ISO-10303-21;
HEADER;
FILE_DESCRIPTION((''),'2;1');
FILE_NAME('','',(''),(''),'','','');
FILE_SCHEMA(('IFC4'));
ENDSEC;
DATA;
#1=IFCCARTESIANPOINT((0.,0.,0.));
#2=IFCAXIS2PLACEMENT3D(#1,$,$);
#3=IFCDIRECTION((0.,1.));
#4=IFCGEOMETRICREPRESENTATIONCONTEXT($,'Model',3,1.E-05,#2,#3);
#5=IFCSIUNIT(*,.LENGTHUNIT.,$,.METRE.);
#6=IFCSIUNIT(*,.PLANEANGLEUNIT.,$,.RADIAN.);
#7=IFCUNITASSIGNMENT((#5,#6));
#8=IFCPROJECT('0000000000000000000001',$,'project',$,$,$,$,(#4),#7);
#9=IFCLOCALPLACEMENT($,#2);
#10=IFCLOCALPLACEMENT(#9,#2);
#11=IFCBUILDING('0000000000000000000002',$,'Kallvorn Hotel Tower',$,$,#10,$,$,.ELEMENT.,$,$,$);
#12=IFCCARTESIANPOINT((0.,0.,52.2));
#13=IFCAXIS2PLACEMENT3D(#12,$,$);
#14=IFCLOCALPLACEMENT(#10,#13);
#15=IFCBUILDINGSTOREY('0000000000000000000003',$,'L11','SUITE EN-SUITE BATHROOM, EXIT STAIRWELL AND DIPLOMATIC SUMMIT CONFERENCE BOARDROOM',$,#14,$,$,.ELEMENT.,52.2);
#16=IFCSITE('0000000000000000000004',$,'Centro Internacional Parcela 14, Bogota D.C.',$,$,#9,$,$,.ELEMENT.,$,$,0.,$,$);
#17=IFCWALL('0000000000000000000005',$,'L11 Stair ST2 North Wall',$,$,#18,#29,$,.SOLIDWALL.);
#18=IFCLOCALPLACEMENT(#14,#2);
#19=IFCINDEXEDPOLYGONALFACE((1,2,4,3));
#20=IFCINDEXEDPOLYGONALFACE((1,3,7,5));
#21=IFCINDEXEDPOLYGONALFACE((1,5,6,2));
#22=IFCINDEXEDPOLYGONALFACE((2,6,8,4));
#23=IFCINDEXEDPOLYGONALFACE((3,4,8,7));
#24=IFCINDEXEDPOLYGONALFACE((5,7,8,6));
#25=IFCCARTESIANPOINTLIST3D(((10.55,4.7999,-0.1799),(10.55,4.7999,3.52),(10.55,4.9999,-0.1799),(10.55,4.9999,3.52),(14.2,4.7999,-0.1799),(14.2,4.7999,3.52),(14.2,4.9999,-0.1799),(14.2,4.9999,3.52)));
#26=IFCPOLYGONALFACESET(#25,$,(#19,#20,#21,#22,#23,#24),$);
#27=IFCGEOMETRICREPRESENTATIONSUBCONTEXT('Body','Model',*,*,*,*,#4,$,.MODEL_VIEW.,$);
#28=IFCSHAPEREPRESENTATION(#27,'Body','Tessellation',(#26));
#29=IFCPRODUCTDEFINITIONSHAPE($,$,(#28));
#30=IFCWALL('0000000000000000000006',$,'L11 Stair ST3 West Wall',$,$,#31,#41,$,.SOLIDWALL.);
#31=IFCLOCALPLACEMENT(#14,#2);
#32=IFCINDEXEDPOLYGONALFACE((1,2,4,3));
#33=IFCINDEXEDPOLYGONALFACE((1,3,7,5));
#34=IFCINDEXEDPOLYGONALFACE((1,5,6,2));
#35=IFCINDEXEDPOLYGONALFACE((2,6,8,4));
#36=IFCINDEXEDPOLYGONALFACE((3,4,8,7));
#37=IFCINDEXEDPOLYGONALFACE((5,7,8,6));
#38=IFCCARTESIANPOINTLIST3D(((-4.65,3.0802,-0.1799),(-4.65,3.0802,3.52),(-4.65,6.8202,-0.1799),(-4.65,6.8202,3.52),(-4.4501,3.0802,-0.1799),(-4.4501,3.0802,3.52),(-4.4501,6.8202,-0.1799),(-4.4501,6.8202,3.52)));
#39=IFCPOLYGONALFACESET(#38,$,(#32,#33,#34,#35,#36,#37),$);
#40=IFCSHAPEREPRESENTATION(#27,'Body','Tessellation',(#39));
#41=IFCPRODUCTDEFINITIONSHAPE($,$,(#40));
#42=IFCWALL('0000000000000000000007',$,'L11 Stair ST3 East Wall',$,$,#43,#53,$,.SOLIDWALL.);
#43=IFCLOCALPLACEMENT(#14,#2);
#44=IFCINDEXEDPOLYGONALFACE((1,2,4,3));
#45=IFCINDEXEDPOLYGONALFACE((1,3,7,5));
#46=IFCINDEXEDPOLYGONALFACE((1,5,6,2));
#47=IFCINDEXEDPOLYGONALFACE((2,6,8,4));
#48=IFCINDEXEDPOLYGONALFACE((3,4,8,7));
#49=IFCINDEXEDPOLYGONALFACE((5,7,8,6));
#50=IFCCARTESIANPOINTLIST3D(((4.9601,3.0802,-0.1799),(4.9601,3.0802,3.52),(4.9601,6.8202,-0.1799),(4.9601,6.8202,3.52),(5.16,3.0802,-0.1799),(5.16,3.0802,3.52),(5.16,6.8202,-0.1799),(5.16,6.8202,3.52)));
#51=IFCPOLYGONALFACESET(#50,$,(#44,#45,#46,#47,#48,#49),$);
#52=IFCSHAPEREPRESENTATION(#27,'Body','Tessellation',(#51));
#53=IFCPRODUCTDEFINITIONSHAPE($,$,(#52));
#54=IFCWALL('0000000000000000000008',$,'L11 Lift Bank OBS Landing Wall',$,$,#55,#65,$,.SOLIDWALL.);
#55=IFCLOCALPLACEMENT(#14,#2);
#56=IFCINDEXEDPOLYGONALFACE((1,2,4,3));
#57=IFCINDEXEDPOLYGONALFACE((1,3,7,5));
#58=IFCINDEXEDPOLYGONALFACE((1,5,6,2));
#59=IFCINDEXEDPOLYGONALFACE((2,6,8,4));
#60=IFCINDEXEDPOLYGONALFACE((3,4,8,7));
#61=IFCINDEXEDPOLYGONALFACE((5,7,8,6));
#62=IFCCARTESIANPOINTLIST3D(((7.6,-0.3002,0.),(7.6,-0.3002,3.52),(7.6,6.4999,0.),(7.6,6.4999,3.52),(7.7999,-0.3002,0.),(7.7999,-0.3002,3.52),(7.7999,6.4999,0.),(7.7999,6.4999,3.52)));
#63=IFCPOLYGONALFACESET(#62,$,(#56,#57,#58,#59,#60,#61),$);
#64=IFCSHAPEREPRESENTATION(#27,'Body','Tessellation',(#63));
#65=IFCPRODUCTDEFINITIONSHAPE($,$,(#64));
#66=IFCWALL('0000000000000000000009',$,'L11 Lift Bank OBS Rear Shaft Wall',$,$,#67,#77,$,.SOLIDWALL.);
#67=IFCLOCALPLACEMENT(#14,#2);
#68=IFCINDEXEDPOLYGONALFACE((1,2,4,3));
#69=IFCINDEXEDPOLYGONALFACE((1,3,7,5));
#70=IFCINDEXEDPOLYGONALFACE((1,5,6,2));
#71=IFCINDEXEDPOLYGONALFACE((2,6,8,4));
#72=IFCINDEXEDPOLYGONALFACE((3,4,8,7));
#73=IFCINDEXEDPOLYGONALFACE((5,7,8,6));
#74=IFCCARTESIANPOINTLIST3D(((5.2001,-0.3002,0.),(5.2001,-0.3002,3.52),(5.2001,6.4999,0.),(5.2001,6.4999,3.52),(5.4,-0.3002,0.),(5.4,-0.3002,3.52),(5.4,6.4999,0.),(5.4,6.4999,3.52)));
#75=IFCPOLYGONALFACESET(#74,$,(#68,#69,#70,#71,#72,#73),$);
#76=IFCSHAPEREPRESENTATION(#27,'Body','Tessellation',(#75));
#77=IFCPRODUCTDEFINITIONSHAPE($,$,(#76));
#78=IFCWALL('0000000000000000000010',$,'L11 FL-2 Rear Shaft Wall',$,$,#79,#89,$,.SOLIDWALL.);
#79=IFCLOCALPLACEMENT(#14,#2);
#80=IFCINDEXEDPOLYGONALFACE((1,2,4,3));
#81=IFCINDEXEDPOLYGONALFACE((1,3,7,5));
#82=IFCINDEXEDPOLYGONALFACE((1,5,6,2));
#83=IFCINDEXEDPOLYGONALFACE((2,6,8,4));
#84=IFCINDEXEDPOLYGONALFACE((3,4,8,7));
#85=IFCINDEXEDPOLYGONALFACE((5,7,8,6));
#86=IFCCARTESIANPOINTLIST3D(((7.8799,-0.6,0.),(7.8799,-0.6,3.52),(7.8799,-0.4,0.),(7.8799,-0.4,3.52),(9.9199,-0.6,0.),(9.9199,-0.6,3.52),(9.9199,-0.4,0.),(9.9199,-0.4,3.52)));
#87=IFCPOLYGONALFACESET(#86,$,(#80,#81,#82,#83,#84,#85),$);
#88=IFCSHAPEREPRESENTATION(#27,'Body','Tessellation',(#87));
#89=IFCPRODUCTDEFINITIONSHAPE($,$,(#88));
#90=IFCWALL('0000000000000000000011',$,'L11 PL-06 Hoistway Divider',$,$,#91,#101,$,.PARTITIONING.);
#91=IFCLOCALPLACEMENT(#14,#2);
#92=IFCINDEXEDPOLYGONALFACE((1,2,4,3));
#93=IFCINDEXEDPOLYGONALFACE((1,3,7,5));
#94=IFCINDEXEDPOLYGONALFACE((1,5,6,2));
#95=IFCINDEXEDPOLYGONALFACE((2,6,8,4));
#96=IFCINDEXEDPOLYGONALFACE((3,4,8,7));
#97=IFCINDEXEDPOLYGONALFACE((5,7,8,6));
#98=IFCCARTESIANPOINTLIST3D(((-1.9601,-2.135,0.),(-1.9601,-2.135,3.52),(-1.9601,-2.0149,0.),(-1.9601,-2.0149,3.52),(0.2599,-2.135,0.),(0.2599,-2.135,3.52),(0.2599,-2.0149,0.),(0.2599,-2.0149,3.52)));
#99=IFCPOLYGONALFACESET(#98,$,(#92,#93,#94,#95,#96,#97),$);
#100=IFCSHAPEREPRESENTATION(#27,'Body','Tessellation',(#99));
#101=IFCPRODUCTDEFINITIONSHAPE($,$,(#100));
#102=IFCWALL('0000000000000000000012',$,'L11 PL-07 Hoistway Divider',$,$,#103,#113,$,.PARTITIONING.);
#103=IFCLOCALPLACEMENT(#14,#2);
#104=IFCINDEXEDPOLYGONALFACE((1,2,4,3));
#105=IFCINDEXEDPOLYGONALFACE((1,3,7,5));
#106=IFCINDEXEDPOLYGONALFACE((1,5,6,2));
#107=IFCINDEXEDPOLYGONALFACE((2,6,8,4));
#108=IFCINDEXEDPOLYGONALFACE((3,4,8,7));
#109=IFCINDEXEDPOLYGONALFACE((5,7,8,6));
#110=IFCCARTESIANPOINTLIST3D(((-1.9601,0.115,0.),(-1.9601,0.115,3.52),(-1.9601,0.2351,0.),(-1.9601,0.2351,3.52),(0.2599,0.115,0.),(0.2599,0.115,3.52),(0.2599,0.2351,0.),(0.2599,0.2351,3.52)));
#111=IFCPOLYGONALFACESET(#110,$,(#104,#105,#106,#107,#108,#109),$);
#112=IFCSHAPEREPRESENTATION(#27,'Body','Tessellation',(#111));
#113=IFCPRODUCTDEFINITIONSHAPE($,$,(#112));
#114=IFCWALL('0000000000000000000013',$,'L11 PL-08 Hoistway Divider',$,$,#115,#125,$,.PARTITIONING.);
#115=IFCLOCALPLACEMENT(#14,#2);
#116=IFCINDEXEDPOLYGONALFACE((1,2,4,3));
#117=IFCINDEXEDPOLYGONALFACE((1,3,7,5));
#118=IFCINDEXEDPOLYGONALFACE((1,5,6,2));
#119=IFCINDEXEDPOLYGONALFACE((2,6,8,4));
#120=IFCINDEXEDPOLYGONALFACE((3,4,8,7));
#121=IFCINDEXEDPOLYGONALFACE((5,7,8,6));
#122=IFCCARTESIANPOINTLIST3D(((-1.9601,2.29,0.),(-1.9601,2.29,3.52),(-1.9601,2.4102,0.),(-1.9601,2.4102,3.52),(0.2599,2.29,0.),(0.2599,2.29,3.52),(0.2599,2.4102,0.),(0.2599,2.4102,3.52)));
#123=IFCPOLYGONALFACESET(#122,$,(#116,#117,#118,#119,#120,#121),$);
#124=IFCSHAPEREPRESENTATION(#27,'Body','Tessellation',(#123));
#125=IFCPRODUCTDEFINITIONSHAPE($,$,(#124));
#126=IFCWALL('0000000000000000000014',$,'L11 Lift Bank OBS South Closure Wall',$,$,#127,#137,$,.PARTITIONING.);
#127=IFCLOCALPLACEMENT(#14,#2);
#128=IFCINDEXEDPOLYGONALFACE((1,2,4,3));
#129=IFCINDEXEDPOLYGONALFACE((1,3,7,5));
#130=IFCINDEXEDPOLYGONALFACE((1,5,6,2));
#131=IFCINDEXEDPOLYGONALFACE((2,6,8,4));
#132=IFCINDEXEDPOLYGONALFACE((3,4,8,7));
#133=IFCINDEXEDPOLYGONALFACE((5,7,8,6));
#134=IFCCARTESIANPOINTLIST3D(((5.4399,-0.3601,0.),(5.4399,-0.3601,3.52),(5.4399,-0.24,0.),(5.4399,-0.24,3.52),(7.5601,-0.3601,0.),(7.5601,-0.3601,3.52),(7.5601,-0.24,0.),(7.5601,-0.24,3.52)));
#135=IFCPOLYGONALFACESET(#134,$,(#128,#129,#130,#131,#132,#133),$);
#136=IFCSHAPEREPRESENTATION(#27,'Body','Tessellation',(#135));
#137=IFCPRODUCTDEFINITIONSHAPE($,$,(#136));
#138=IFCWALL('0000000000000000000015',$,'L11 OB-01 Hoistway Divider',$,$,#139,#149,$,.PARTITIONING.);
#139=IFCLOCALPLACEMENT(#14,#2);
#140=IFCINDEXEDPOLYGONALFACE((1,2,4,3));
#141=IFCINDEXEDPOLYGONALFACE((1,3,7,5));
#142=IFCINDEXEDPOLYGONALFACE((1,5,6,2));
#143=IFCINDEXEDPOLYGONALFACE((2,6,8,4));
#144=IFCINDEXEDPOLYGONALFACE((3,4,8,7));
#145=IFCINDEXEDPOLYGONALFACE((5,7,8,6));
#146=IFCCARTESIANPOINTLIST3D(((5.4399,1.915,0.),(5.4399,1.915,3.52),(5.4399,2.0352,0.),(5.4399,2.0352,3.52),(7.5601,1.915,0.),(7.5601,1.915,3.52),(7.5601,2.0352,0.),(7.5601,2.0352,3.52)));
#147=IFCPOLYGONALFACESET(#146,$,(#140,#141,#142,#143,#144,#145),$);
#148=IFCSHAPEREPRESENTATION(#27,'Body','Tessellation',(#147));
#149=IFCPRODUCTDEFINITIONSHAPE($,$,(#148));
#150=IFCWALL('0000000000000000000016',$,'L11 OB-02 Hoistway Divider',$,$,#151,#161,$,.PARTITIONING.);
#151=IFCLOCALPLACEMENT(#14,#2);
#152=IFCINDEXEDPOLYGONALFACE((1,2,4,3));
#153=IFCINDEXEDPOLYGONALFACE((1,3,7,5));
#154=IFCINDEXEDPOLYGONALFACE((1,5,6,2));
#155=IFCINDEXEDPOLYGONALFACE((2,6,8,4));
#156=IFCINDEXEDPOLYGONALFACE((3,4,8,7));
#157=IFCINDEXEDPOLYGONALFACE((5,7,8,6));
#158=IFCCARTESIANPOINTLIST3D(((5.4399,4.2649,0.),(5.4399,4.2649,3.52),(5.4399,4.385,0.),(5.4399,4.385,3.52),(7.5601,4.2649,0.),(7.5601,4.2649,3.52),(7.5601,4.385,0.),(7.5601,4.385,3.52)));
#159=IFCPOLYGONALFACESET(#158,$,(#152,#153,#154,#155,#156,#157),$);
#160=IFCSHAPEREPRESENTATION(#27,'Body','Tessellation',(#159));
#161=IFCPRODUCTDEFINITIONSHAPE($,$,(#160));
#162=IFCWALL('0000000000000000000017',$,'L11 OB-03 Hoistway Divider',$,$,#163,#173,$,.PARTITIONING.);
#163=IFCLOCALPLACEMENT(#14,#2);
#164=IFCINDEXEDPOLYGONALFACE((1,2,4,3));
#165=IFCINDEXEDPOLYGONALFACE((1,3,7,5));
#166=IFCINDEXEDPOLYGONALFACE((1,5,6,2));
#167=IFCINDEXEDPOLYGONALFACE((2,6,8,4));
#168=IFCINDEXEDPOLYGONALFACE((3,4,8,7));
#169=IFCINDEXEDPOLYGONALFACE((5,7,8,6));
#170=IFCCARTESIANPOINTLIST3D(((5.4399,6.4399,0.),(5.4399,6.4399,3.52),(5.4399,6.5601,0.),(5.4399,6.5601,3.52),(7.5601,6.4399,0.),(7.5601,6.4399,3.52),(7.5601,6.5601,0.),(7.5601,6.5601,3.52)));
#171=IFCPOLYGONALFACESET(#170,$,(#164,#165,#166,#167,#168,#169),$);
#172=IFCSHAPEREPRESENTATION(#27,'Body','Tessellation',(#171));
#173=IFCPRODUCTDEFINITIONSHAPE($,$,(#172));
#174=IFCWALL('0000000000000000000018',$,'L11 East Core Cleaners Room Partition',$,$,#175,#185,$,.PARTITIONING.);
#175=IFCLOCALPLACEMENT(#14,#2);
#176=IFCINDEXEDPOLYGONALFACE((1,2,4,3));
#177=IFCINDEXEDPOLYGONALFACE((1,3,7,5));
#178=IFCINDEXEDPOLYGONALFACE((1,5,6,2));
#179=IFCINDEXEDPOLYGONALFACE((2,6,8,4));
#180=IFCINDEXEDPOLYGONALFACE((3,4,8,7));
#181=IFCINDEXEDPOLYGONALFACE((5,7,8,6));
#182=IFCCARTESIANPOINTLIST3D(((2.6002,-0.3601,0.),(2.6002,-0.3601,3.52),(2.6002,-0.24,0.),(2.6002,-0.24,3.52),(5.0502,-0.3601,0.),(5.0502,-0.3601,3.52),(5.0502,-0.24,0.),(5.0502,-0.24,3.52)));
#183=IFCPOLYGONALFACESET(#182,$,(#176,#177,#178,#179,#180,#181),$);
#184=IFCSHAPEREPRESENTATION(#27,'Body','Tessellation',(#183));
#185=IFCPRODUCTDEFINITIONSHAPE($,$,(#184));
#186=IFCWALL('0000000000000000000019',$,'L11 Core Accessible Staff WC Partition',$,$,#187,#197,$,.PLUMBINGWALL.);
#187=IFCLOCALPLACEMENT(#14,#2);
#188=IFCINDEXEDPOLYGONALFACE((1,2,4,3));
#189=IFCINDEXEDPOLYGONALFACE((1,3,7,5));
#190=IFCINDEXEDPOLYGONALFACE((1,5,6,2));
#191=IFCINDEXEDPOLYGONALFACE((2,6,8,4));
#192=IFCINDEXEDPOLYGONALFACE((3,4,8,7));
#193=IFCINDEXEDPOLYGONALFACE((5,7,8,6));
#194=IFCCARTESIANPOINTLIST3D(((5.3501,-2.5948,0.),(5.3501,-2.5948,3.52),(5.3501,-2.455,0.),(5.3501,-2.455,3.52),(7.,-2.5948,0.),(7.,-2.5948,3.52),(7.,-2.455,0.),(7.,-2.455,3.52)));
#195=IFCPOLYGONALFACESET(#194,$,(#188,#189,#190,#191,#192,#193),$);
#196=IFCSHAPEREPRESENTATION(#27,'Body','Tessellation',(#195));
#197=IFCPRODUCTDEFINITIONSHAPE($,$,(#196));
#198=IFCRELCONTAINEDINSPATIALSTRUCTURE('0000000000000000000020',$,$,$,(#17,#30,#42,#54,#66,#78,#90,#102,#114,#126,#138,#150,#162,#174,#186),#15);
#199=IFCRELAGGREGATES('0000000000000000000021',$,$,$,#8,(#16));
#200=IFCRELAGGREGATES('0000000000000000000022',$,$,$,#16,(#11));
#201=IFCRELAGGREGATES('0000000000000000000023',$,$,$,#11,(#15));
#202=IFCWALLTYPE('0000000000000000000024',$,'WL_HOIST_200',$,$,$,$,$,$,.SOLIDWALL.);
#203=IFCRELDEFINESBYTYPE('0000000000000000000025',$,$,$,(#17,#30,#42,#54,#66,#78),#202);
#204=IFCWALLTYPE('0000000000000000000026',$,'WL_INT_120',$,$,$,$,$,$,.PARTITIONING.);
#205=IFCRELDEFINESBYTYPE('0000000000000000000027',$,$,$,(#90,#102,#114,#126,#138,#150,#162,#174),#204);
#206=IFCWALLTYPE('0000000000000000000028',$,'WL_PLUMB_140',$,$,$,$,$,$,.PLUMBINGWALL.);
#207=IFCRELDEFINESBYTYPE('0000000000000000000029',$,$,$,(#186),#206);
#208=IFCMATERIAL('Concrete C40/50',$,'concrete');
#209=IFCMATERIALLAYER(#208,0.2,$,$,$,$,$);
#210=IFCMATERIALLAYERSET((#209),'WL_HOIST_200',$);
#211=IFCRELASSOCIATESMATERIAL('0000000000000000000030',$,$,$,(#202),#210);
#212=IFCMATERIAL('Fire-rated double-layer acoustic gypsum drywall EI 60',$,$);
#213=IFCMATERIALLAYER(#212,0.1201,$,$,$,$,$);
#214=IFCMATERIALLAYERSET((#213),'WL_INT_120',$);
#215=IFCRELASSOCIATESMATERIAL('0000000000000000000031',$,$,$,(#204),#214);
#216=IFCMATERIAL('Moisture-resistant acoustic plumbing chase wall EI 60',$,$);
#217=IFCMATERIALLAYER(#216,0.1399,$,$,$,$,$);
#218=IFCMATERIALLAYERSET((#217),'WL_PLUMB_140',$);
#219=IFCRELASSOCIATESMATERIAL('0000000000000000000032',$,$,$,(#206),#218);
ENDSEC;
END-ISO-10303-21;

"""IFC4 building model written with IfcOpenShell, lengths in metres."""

from ifc_helpers import new_model, si_unit, direction, frame, frame_2d, origin, place, context, subcontext, project, spatial, rectangle, extrude, material, layer, layer_set, type_object, element, save


model = new_model("IFC4")

# Units and contexts
model_context = context("Model", 3, precision=1e-05, world=origin(), true_north=direction((0.0, 1.0)))
body_context = subcontext(model_context, "Body", "Model", "MODEL_VIEW")
ifc_project = project(units=[si_unit("LENGTHUNIT", "METRE"), si_unit("PLANEANGLEUNIT", "RADIAN")], contexts=[model_context])

# Site, building, storey
site_placement = place(None, origin())
site = spatial("IfcSite", under=ifc_project, at=site_placement, Name="Centro Internacional Parcela 14, Bogota D.C.", CompositionType="ELEMENT", RefElevation=0.0)
building_placement = place(site_placement, origin())
building = spatial("IfcBuilding", under=site, at=building_placement, Name="Kallvorn Hotel Tower", CompositionType="ELEMENT")
storey_placement = place(building_placement, frame((0.0, 0.0, 52.2)))
storey = spatial("IfcBuildingStorey", under=building, at=storey_placement, Name="L11", Description="SUITE EN-SUITE BATHROOM, EXIT STAIRWELL AND DIPLOMATIC SUMMIT CONFERENCE BOARDROOM", CompositionType="ELEMENT", Elevation=52.2)

# Walls
ifc_material_1 = material(Name="Concrete C40/50", Category="concrete")
ifc_layer_1 = layer(ifc_material_1, 0.2)
ifc_layer_set_1 = layer_set([ifc_layer_1], Name="WL_HOIST_200")
wall_type_1 = type_object("IfcWallType", Name="WL_HOIST_200", PredefinedType="SOLIDWALL", material=ifc_layer_set_1)
wall_1_placement = place(storey_placement, frame((10.55, 4.8999, -0.1799), z_axis=(0.0, 0.0, 1.0), x_axis=(1.0, 0.0, 0.0)))
element("IfcWall", 1, at=wall_1_placement, inside=storey, type_object=wall_type_1, Name="L11 Stair ST2 North Wall", PredefinedType="SOLIDWALL", context=body_context, shape_type="SweptSolid", body=[
    extrude(rectangle(XDim=3.6499, YDim=0.2, at=frame_2d((1.825, 0.0))), origin(), (0.0, 0.0, 1.0), 3.7),
])
for number, where, z_axis, x_axis, name in (
    (2, (-4.55, 3.0801, -0.1799), (0.0, 0.0, 1.0), (0.0, 1.0, 0.0), "L11 Stair ST3 West Wall"),
    (3, (5.0601, 3.0801, -0.1799), (0.0, 0.0, 1.0), (0.0, 1.0, 0.0), "L11 Stair ST3 East Wall"),
):
    element("IfcWall", number, at=place(storey_placement, frame(where, z_axis=z_axis, x_axis=x_axis)), inside=storey, type_object=wall_type_1, Name=name, PredefinedType="SOLIDWALL", context=body_context, shape_type="SweptSolid", body=[
        extrude(rectangle(XDim=3.74, YDim=0.2, at=frame_2d((1.8701, 0.0))), origin(), (0.0, 0.0, 1.0), 3.7),
    ])
for number, where, z_axis, x_axis, name in (
    (4, (7.7, -0.3, 0.0), (0.0, 0.0, 1.0), (0.0, 1.0, 0.0), "L11 Lift Bank OBS Landing Wall"),
    (5, (5.3, -0.3, 0.0), (0.0, 0.0, 1.0), (0.0, 1.0, 0.0), "L11 Lift Bank OBS Rear Shaft Wall"),
):
    element("IfcWall", number, at=place(storey_placement, frame(where, z_axis=z_axis, x_axis=x_axis)), inside=storey, type_object=wall_type_1, Name=name, PredefinedType="SOLIDWALL", context=body_context, shape_type="SweptSolid", body=[
        extrude(rectangle(XDim=6.8, YDim=0.2, at=frame_2d((3.3999, 0.0))), origin(), (0.0, 0.0, 1.0), 3.52),
    ])
wall_2_placement = place(storey_placement, frame((7.8799, -0.5, 0.0), z_axis=(0.0, 0.0, 1.0), x_axis=(1.0, 0.0, 0.0)))
element("IfcWall", 6, at=wall_2_placement, inside=storey, type_object=wall_type_1, Name="L11 FL-2 Rear Shaft Wall", PredefinedType="SOLIDWALL", context=body_context, shape_type="SweptSolid", body=[
    extrude(rectangle(XDim=2.04, YDim=0.2, at=frame_2d((1.02, 0.0))), origin(), (0.0, 0.0, 1.0), 3.52),
])
ifc_material_2 = material(Name="Fire-rated double-layer acoustic gypsum drywall EI 60")
ifc_layer_2 = layer(ifc_material_2, 0.1201)
ifc_layer_set_2 = layer_set([ifc_layer_2], Name="WL_INT_120")
wall_type_2 = type_object("IfcWallType", Name="WL_INT_120", PredefinedType="PARTITIONING", material=ifc_layer_set_2)
for number, where, z_axis, x_axis, name in (
    (7, (-1.96, -2.075, 0.0), (0.0, 0.0, 1.0), (1.0, 0.0, 0.0), "L11 PL-06 Hoistway Divider"),
    (8, (-1.96, 0.175, 0.0), (0.0, 0.0, 1.0), (1.0, 0.0, 0.0), "L11 PL-07 Hoistway Divider"),
    (9, (-1.96, 2.3501, 0.0), (0.0, 0.0, 1.0), (1.0, 0.0, 0.0), "L11 PL-08 Hoistway Divider"),
):
    element("IfcWall", number, at=place(storey_placement, frame(where, z_axis=z_axis, x_axis=x_axis)), inside=storey, type_object=wall_type_2, Name=name, PredefinedType="PARTITIONING", context=body_context, shape_type="SweptSolid", body=[
        extrude(rectangle(XDim=2.22, YDim=0.1201, at=frame_2d((1.1099, 0.0))), origin(), (0.0, 0.0, 1.0), 3.52),
    ])
for number, where, z_axis, x_axis, name in (
    (10, (5.4399, -0.3, 0.0), (0.0, 0.0, 1.0), (1.0, 0.0, 0.0), "L11 Lift Bank OBS South Closure Wall"),
    (11, (5.4399, 1.9751, 0.0), (0.0, 0.0, 1.0), (1.0, 0.0, 0.0), "L11 OB-01 Hoistway Divider"),
    (12, (5.4399, 4.325, 0.0), (0.0, 0.0, 1.0), (1.0, 0.0, 0.0), "L11 OB-02 Hoistway Divider"),
    (13, (5.4399, 6.5, 0.0), (0.0, 0.0, 1.0), (1.0, 0.0, 0.0), "L11 OB-03 Hoistway Divider"),
):
    element("IfcWall", number, at=place(storey_placement, frame(where, z_axis=z_axis, x_axis=x_axis)), inside=storey, type_object=wall_type_2, Name=name, PredefinedType="PARTITIONING", context=body_context, shape_type="SweptSolid", body=[
        extrude(rectangle(XDim=2.1201, YDim=0.1201, at=frame_2d((1.0601, 0.0))), origin(), (0.0, 0.0, 1.0), 3.52),
    ])
wall_3_placement = place(storey_placement, frame((2.6001, -0.3, 0.0), z_axis=(0.0, 0.0, 1.0), x_axis=(1.0, 0.0, 0.0)))
element("IfcWall", 14, at=wall_3_placement, inside=storey, type_object=wall_type_2, Name="L11 East Core Cleaners Room Partition", PredefinedType="PARTITIONING", context=body_context, shape_type="SweptSolid", body=[
    extrude(rectangle(XDim=2.45, YDim=0.1201, at=frame_2d((1.2251, 0.0))), origin(), (0.0, 0.0, 1.0), 3.52),
])
ifc_material_3 = material(Name="Moisture-resistant acoustic plumbing chase wall EI 60")
ifc_layer_3 = layer(ifc_material_3, 0.1399)
ifc_layer_set_3 = layer_set([ifc_layer_3], Name="WL_PLUMB_140")
wall_type_3 = type_object("IfcWallType", Name="WL_PLUMB_140", PredefinedType="PLUMBINGWALL", material=ifc_layer_set_3)
wall_4_placement = place(storey_placement, frame((5.3501, -2.5249, 0.0), z_axis=(0.0, 0.0, 1.0), x_axis=(1.0, 0.0, 0.0)))
element("IfcWall", 15, at=wall_4_placement, inside=storey, type_object=wall_type_3, Name="L11 Core Accessible Staff WC Partition", PredefinedType="PLUMBINGWALL", context=body_context, shape_type="SweptSolid", body=[
    extrude(rectangle(XDim=1.6499, YDim=0.1399, at=frame_2d((0.825, 0.0))), origin(), (0.0, 0.0, 1.0), 3.52),
])

save(model, "model.ifc")
